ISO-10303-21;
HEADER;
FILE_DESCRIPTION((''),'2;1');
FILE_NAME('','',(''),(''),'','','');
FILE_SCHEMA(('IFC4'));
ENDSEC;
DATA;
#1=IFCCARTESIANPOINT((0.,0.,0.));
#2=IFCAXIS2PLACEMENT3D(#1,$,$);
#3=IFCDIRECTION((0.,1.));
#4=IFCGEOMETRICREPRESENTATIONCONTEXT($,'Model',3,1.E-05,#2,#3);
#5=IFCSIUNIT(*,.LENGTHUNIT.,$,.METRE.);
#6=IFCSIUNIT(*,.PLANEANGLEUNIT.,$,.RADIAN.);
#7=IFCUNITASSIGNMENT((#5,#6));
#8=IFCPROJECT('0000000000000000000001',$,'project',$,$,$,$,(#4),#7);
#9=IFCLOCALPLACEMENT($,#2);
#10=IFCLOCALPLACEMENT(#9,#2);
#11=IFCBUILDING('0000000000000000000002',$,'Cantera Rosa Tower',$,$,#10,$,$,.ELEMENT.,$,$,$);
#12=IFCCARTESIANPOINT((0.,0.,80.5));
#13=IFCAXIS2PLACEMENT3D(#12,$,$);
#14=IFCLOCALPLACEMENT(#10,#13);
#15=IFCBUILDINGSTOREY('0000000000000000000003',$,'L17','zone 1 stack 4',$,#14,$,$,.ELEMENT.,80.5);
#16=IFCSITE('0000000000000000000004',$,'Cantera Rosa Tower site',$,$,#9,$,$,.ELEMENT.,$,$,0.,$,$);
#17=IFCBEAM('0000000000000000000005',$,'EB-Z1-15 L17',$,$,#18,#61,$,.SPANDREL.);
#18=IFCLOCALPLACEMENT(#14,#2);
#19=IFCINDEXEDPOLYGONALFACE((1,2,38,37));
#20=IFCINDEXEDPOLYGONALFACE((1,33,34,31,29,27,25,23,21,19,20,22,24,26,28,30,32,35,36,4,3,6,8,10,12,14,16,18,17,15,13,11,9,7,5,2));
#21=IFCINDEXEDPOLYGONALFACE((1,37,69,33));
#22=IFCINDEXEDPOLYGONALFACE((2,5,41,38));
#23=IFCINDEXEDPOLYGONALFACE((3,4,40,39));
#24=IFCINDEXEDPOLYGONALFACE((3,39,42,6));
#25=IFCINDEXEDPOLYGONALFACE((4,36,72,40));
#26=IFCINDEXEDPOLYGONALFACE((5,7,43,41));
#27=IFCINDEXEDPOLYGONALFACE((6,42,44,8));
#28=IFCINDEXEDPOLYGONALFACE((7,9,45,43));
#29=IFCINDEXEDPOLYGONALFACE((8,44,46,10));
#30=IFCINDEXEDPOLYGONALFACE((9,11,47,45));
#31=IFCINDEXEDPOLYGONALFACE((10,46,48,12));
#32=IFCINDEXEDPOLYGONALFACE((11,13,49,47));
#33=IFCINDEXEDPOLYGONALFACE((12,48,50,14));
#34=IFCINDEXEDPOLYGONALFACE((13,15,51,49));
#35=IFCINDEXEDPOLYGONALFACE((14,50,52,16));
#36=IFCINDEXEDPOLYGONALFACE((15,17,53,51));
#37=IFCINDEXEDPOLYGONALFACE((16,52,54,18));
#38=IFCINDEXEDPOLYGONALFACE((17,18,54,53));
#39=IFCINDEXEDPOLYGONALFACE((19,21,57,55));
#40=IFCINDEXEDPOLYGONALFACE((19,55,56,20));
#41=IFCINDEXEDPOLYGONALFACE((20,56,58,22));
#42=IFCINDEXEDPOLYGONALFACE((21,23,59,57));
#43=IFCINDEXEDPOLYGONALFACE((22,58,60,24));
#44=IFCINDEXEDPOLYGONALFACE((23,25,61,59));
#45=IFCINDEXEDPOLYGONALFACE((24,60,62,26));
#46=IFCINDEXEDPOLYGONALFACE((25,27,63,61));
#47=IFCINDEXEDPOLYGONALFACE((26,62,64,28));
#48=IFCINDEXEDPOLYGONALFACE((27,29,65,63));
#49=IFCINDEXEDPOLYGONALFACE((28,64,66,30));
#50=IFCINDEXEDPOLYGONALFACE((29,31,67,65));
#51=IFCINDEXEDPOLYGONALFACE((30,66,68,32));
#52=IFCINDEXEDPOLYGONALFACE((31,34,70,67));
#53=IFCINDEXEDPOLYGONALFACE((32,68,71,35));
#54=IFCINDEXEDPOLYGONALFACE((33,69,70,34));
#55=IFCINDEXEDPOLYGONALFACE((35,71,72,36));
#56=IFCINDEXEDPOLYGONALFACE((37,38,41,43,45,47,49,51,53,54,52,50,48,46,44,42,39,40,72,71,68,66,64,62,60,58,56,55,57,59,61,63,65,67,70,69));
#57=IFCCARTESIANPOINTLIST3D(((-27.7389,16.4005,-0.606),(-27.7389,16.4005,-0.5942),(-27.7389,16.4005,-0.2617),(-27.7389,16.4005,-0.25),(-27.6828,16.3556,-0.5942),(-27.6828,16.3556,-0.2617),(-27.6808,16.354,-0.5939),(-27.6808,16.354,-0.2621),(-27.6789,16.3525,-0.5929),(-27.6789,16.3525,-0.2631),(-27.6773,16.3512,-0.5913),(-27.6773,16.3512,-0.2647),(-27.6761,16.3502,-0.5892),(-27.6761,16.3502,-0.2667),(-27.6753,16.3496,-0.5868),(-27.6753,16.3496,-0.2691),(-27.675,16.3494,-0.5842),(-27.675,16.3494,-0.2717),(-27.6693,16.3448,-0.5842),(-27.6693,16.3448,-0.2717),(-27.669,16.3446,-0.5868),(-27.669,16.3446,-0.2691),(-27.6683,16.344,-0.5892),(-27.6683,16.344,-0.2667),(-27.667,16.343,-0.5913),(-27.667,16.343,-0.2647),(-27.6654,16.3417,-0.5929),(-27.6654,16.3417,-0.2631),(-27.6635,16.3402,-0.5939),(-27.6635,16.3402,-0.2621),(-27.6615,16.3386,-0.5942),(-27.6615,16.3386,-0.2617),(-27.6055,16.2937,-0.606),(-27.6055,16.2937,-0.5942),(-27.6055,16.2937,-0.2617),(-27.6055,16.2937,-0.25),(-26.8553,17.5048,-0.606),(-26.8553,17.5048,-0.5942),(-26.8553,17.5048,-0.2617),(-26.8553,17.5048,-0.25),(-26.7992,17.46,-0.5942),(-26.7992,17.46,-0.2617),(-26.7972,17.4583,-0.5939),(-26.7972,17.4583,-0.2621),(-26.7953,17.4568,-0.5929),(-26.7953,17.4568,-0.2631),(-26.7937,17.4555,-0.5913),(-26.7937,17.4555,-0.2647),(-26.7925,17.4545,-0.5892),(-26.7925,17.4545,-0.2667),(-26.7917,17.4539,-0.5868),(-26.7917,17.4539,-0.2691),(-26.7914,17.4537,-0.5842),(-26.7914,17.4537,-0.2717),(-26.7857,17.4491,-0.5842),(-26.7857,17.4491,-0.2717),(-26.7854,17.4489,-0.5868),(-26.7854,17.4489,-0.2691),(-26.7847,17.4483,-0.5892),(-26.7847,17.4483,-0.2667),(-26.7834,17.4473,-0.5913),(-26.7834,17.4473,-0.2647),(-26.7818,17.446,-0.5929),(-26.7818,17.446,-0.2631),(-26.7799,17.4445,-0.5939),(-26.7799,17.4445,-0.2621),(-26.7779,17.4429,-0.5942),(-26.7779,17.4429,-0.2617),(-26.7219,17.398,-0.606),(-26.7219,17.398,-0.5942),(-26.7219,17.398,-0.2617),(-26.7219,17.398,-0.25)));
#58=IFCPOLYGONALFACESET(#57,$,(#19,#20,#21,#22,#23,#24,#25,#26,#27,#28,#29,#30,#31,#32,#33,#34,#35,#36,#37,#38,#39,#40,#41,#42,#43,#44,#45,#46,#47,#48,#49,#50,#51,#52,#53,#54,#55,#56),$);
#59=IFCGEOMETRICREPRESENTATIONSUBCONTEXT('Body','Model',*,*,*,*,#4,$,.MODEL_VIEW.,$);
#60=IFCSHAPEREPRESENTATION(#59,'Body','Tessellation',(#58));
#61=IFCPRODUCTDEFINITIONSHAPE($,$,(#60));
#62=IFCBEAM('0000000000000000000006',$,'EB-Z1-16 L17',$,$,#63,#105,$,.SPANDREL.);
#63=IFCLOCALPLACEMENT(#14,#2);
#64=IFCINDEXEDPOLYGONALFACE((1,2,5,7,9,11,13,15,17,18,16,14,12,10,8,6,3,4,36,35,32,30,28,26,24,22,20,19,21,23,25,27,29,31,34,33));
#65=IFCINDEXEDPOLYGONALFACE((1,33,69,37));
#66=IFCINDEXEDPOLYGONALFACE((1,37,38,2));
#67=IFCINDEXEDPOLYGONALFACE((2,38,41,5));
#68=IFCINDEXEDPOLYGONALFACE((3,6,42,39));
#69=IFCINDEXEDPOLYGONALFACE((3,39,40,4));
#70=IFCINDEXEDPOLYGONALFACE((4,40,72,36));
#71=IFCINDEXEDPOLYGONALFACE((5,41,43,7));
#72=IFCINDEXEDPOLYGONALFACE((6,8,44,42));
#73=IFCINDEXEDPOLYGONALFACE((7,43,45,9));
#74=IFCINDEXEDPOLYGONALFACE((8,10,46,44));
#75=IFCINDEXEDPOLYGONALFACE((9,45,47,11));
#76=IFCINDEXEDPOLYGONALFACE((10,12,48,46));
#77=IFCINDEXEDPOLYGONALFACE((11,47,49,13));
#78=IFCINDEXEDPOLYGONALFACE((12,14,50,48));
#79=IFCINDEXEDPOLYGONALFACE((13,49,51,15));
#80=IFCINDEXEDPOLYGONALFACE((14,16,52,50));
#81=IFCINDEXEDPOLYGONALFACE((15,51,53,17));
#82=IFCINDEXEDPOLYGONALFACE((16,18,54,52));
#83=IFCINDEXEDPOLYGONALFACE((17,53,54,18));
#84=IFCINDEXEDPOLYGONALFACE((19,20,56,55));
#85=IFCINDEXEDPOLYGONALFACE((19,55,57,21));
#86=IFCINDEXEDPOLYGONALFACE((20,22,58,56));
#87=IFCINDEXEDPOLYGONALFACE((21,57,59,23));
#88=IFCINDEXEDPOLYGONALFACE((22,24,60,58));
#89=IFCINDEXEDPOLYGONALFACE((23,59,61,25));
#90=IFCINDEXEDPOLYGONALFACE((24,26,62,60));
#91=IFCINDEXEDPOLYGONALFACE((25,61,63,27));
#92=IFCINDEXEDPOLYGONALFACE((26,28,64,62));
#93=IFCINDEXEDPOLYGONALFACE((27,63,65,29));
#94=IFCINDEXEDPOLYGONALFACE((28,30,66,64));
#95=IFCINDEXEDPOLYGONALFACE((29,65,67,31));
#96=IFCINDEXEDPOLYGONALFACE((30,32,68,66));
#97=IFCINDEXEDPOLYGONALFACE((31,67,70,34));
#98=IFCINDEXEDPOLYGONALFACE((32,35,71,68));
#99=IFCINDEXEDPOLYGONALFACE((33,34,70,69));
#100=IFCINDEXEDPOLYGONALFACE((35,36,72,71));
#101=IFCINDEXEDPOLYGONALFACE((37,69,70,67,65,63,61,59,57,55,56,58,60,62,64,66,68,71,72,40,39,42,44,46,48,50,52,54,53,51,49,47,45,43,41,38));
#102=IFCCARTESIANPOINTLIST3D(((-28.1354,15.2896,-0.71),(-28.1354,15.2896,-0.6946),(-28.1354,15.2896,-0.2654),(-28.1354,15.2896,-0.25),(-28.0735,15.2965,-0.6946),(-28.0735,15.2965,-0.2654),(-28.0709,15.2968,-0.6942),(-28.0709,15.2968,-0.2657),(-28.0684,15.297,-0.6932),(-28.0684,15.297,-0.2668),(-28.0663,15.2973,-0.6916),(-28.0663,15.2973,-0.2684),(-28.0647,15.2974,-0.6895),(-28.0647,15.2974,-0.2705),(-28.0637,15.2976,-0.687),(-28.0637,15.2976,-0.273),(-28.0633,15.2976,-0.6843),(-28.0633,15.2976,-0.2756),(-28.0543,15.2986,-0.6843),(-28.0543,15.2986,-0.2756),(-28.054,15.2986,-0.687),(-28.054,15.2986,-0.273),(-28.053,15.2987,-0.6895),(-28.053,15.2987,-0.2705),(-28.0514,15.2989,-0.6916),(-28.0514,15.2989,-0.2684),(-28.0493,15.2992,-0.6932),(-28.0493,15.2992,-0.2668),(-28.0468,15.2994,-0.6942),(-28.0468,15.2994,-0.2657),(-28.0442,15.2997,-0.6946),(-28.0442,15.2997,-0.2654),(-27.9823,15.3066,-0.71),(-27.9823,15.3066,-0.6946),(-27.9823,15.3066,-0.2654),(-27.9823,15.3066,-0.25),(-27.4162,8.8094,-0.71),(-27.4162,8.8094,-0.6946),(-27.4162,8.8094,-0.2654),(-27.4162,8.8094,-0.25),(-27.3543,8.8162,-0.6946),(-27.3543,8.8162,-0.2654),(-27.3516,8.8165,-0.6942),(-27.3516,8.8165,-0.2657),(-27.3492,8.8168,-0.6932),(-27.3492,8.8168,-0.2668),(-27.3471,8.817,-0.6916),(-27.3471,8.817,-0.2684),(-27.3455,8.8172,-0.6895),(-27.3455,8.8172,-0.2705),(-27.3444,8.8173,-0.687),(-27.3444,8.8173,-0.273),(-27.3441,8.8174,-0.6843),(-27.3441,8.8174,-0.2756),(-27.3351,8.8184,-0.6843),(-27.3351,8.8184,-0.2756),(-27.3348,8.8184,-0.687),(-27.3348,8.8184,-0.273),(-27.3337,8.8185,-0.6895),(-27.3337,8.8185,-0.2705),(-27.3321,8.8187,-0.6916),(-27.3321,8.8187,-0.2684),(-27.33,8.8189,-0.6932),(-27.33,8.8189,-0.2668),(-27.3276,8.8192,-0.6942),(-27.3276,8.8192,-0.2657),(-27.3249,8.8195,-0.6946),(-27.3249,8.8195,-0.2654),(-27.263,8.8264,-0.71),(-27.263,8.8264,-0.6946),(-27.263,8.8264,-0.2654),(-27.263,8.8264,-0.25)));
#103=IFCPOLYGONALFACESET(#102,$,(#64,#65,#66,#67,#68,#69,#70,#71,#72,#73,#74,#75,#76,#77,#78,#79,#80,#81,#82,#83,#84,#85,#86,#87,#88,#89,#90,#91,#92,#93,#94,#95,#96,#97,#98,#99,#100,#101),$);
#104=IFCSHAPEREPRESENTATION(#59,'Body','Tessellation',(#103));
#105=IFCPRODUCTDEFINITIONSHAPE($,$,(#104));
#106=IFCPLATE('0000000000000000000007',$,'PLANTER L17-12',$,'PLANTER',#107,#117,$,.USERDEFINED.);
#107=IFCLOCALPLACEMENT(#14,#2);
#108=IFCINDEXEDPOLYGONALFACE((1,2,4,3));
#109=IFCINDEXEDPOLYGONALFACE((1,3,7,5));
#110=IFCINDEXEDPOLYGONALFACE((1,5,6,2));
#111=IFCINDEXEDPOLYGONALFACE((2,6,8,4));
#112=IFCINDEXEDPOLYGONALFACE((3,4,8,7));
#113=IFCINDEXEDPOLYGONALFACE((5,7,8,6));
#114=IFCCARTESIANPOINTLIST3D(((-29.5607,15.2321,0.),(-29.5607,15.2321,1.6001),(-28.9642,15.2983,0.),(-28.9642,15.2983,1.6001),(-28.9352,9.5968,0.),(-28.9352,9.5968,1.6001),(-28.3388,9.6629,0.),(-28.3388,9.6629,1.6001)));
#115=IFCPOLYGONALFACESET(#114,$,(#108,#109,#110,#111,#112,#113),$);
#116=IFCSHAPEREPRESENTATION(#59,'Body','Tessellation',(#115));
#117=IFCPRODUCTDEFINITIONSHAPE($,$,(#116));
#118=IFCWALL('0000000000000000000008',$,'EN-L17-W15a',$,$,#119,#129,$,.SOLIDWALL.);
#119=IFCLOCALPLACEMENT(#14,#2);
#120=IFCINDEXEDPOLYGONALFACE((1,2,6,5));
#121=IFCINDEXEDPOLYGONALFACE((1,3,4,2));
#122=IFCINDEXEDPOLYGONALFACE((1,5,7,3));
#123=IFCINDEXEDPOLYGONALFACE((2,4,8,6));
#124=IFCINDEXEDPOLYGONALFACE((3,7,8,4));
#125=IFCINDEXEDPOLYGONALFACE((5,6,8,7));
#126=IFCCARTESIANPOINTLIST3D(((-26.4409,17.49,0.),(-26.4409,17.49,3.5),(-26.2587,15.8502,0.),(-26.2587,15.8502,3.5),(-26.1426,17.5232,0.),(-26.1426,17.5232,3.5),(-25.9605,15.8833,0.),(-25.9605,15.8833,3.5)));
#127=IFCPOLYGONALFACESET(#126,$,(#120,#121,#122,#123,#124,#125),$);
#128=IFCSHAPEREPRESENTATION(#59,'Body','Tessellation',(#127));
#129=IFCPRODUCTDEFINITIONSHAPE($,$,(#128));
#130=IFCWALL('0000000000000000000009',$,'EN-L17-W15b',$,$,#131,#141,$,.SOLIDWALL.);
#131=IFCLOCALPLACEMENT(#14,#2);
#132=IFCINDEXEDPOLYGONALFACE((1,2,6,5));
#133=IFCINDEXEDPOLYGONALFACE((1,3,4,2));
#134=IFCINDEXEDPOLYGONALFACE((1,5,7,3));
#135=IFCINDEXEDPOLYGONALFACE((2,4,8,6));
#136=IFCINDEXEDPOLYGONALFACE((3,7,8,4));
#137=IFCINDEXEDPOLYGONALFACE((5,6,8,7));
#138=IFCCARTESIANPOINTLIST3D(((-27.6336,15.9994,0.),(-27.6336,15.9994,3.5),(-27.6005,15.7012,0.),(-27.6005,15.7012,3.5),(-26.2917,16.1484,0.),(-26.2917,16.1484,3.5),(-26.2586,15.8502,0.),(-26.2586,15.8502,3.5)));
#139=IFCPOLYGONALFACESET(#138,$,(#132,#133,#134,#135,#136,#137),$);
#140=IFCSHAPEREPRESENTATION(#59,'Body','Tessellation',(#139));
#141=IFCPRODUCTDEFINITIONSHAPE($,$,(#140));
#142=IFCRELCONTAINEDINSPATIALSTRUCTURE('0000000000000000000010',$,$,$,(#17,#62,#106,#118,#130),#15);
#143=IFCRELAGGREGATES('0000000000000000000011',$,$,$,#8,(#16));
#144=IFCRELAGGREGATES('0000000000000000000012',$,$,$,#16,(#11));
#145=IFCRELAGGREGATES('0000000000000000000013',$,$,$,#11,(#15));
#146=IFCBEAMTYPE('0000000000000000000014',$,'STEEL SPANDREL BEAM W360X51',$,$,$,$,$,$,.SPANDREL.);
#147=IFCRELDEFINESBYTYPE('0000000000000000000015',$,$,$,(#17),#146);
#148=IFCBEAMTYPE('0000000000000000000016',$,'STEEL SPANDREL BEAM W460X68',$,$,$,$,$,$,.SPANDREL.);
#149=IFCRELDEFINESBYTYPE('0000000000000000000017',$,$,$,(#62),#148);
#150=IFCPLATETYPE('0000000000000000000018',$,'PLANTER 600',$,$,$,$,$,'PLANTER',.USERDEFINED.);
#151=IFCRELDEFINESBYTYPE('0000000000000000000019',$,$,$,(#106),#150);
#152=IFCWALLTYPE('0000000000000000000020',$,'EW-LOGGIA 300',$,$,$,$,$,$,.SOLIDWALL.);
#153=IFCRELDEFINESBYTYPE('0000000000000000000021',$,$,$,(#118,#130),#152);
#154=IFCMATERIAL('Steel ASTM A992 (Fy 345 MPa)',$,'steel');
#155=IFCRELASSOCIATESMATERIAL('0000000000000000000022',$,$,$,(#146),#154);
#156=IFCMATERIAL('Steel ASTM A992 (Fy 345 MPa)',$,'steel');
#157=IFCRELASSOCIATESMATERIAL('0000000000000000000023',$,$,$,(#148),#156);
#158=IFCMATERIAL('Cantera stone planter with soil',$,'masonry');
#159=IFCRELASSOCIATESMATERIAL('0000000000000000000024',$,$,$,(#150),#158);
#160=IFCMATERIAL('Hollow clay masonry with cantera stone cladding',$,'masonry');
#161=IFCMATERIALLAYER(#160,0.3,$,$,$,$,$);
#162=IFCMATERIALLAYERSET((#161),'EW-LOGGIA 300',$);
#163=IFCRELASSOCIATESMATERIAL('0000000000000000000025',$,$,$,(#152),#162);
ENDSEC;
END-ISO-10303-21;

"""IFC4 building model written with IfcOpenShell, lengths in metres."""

from ifc_helpers import new_model, si_unit, direction, frame, frame_2d, origin, origin_2d, place, context, subcontext, project, spatial, rectangle, i_section, extrude, material, layer, layer_set, material_profile, profile_set, type_object, element, save


model = new_model("IFC4")

# Units and contexts
model_context = context("Model", 3, precision=1e-05, world=origin(), true_north=direction((0.0, 1.0)))
body_context = subcontext(model_context, "Body", "Model", "MODEL_VIEW")
ifc_project = project(units=[si_unit("LENGTHUNIT", "METRE"), si_unit("PLANEANGLEUNIT", "RADIAN")], contexts=[model_context])

# Site, building, storey
site_placement = place(None, origin())
site = spatial("IfcSite", under=ifc_project, at=site_placement, Name="Cantera Rosa Tower site", CompositionType="ELEMENT", RefElevation=0.0)
building_placement = place(site_placement, origin())
building = spatial("IfcBuilding", under=site, at=building_placement, Name="Cantera Rosa Tower", CompositionType="ELEMENT")
storey_placement = place(building_placement, frame((0.0, 0.0, 80.5)))
storey = spatial("IfcBuildingStorey", under=building, at=storey_placement, Name="L17", Description="zone 1 stack 4", CompositionType="ELEMENT", Elevation=80.5)

# Beams
ifc_material_1 = material(Name="Steel ASTM A992 (Fy 345 MPa)", Category="steel")
ifc_material_profile_1 = material_profile(ifc_material_1, i_section(OverallWidth=0.1709, OverallDepth=0.356, WebThickness=0.0073, FlangeThickness=0.0117, FilletRadius=0.01, at=origin_2d()), Name="W360X51")
ifc_profile_set_1 = profile_set([ifc_material_profile_1], Name="Steel ASTM A992 (Fy 345 MPa)")
beam_type_1 = type_object("IfcBeamType", Name="STEEL SPANDREL BEAM W360X51", PredefinedType="SPANDREL", material=ifc_profile_set_1)
for number, where, z_axis, x_axis, name in (
    (1, (-26.7886, 17.4514, -0.428), (-0.624758, -0.780818, 0.0), (0.780818, -0.624758, 0.0), "EB-Z1-15 L17"),
):
    element("IfcBeam", number, at=place(storey_placement, frame(where, z_axis=z_axis, x_axis=x_axis)), inside=storey, type_object=beam_type_1, Name=name, PredefinedType="SPANDREL", context=body_context, shape_type="SweptSolid", body=[
        extrude(i_section(OverallWidth=0.1709, OverallDepth=0.356, WebThickness=0.0073, FlangeThickness=0.0117, FilletRadius=0.01, at=origin_2d()), origin(), (0.0, 0.0, 1.0), 1.4143),
    ])
ifc_material_2 = material(Name="Steel ASTM A992 (Fy 345 MPa)", Category="steel")
ifc_material_profile_2 = material_profile(ifc_material_2, i_section(OverallWidth=0.1541, OverallDepth=0.46, WebThickness=0.009, FlangeThickness=0.0154, FilletRadius=0.0103, at=origin_2d()), Name="W460X68")
ifc_profile_set_2 = profile_set([ifc_material_profile_2], Name="Steel ASTM A992 (Fy 345 MPa)")
beam_type_2 = type_object("IfcBeamType", Name="STEEL SPANDREL BEAM W460X68", PredefinedType="SPANDREL", material=ifc_profile_set_2)
beam_1_placement = place(storey_placement, frame((-28.0588, 15.2981, -0.48), z_axis=(0.110312, -0.993897, 0.0), x_axis=(0.993897, 0.110312, 0.0)))
element("IfcBeam", 2, at=beam_1_placement, inside=storey, type_object=beam_type_2, Name="EB-Z1-16 L17", PredefinedType="SPANDREL", context=body_context, shape_type="SweptSolid", body=[
    extrude(i_section(OverallWidth=0.1541, OverallDepth=0.46, WebThickness=0.009, FlangeThickness=0.0154, FilletRadius=0.0103, at=origin_2d()), origin(), (0.0, 0.0, 1.0), 6.52),
])

# Plate
ifc_material_3 = material(Name="Cantera stone planter with soil", Category="masonry")
plate_type = type_object("IfcPlateType", Name="PLANTER 600", ElementType="PLANTER", PredefinedType="USERDEFINED", material=ifc_material_3)
plate_placement = place(storey_placement, frame((-28.9497, 12.4475, 0.0), z_axis=(0.0, 0.0, 1.0), x_axis=(0.110313, -0.993897, 0.0)))
element("IfcPlate", 3, at=plate_placement, inside=storey, type_object=plate_type, Name="PLANTER L17-12", ObjectType="PLANTER", PredefinedType="USERDEFINED", context=body_context, shape_type="SweptSolid", body=[
    extrude(rectangle(XDim=5.6699, YDim=0.6001, at=origin_2d()), origin(), (0.0, 0.0, 1.0), 1.6001),
])

# Walls
ifc_material_4 = material(Name="Hollow clay masonry with cantera stone cladding", Category="masonry")
ifc_layer_1 = layer(ifc_material_4, 0.3)
ifc_layer_set_1 = layer_set([ifc_layer_1], Name="EW-LOGGIA 300")
wall_type_1 = type_object("IfcWallType", Name="EW-LOGGIA 300", PredefinedType="SOLIDWALL", material=ifc_layer_set_1)
wall_1_placement = place(storey_placement, frame((-26.2917, 17.5066, 0.0), z_axis=(0.0, 0.0, 1.0), x_axis=(0.110383, -0.993889, 0.0)))
element("IfcWall", 4, at=wall_1_placement, inside=storey, type_object=wall_type_1, Name="EN-L17-W15a", PredefinedType="SOLIDWALL", context=body_context, shape_type="SweptSolid", body=[
    extrude(rectangle(XDim=1.6499, YDim=0.3, at=frame_2d((0.825, 0.0))), origin(), (0.0, 0.0, 1.0), 3.5),
])
wall_2_placement = place(storey_placement, frame((-26.2751, 15.9993, 0.0), z_axis=(0.0, 0.0, 1.0), x_axis=(-0.993897, -0.110312, 0.0)))
element("IfcWall", 5, at=wall_2_placement, inside=storey, type_object=wall_type_1, Name="EN-L17-W15b", PredefinedType="SOLIDWALL", context=body_context, shape_type="SweptSolid", body=[
    extrude(rectangle(XDim=1.3501, YDim=0.3, at=frame_2d((0.675, 0.0))), origin(), (0.0, 0.0, 1.0), 3.5),
])

save(model, "model.ifc")
